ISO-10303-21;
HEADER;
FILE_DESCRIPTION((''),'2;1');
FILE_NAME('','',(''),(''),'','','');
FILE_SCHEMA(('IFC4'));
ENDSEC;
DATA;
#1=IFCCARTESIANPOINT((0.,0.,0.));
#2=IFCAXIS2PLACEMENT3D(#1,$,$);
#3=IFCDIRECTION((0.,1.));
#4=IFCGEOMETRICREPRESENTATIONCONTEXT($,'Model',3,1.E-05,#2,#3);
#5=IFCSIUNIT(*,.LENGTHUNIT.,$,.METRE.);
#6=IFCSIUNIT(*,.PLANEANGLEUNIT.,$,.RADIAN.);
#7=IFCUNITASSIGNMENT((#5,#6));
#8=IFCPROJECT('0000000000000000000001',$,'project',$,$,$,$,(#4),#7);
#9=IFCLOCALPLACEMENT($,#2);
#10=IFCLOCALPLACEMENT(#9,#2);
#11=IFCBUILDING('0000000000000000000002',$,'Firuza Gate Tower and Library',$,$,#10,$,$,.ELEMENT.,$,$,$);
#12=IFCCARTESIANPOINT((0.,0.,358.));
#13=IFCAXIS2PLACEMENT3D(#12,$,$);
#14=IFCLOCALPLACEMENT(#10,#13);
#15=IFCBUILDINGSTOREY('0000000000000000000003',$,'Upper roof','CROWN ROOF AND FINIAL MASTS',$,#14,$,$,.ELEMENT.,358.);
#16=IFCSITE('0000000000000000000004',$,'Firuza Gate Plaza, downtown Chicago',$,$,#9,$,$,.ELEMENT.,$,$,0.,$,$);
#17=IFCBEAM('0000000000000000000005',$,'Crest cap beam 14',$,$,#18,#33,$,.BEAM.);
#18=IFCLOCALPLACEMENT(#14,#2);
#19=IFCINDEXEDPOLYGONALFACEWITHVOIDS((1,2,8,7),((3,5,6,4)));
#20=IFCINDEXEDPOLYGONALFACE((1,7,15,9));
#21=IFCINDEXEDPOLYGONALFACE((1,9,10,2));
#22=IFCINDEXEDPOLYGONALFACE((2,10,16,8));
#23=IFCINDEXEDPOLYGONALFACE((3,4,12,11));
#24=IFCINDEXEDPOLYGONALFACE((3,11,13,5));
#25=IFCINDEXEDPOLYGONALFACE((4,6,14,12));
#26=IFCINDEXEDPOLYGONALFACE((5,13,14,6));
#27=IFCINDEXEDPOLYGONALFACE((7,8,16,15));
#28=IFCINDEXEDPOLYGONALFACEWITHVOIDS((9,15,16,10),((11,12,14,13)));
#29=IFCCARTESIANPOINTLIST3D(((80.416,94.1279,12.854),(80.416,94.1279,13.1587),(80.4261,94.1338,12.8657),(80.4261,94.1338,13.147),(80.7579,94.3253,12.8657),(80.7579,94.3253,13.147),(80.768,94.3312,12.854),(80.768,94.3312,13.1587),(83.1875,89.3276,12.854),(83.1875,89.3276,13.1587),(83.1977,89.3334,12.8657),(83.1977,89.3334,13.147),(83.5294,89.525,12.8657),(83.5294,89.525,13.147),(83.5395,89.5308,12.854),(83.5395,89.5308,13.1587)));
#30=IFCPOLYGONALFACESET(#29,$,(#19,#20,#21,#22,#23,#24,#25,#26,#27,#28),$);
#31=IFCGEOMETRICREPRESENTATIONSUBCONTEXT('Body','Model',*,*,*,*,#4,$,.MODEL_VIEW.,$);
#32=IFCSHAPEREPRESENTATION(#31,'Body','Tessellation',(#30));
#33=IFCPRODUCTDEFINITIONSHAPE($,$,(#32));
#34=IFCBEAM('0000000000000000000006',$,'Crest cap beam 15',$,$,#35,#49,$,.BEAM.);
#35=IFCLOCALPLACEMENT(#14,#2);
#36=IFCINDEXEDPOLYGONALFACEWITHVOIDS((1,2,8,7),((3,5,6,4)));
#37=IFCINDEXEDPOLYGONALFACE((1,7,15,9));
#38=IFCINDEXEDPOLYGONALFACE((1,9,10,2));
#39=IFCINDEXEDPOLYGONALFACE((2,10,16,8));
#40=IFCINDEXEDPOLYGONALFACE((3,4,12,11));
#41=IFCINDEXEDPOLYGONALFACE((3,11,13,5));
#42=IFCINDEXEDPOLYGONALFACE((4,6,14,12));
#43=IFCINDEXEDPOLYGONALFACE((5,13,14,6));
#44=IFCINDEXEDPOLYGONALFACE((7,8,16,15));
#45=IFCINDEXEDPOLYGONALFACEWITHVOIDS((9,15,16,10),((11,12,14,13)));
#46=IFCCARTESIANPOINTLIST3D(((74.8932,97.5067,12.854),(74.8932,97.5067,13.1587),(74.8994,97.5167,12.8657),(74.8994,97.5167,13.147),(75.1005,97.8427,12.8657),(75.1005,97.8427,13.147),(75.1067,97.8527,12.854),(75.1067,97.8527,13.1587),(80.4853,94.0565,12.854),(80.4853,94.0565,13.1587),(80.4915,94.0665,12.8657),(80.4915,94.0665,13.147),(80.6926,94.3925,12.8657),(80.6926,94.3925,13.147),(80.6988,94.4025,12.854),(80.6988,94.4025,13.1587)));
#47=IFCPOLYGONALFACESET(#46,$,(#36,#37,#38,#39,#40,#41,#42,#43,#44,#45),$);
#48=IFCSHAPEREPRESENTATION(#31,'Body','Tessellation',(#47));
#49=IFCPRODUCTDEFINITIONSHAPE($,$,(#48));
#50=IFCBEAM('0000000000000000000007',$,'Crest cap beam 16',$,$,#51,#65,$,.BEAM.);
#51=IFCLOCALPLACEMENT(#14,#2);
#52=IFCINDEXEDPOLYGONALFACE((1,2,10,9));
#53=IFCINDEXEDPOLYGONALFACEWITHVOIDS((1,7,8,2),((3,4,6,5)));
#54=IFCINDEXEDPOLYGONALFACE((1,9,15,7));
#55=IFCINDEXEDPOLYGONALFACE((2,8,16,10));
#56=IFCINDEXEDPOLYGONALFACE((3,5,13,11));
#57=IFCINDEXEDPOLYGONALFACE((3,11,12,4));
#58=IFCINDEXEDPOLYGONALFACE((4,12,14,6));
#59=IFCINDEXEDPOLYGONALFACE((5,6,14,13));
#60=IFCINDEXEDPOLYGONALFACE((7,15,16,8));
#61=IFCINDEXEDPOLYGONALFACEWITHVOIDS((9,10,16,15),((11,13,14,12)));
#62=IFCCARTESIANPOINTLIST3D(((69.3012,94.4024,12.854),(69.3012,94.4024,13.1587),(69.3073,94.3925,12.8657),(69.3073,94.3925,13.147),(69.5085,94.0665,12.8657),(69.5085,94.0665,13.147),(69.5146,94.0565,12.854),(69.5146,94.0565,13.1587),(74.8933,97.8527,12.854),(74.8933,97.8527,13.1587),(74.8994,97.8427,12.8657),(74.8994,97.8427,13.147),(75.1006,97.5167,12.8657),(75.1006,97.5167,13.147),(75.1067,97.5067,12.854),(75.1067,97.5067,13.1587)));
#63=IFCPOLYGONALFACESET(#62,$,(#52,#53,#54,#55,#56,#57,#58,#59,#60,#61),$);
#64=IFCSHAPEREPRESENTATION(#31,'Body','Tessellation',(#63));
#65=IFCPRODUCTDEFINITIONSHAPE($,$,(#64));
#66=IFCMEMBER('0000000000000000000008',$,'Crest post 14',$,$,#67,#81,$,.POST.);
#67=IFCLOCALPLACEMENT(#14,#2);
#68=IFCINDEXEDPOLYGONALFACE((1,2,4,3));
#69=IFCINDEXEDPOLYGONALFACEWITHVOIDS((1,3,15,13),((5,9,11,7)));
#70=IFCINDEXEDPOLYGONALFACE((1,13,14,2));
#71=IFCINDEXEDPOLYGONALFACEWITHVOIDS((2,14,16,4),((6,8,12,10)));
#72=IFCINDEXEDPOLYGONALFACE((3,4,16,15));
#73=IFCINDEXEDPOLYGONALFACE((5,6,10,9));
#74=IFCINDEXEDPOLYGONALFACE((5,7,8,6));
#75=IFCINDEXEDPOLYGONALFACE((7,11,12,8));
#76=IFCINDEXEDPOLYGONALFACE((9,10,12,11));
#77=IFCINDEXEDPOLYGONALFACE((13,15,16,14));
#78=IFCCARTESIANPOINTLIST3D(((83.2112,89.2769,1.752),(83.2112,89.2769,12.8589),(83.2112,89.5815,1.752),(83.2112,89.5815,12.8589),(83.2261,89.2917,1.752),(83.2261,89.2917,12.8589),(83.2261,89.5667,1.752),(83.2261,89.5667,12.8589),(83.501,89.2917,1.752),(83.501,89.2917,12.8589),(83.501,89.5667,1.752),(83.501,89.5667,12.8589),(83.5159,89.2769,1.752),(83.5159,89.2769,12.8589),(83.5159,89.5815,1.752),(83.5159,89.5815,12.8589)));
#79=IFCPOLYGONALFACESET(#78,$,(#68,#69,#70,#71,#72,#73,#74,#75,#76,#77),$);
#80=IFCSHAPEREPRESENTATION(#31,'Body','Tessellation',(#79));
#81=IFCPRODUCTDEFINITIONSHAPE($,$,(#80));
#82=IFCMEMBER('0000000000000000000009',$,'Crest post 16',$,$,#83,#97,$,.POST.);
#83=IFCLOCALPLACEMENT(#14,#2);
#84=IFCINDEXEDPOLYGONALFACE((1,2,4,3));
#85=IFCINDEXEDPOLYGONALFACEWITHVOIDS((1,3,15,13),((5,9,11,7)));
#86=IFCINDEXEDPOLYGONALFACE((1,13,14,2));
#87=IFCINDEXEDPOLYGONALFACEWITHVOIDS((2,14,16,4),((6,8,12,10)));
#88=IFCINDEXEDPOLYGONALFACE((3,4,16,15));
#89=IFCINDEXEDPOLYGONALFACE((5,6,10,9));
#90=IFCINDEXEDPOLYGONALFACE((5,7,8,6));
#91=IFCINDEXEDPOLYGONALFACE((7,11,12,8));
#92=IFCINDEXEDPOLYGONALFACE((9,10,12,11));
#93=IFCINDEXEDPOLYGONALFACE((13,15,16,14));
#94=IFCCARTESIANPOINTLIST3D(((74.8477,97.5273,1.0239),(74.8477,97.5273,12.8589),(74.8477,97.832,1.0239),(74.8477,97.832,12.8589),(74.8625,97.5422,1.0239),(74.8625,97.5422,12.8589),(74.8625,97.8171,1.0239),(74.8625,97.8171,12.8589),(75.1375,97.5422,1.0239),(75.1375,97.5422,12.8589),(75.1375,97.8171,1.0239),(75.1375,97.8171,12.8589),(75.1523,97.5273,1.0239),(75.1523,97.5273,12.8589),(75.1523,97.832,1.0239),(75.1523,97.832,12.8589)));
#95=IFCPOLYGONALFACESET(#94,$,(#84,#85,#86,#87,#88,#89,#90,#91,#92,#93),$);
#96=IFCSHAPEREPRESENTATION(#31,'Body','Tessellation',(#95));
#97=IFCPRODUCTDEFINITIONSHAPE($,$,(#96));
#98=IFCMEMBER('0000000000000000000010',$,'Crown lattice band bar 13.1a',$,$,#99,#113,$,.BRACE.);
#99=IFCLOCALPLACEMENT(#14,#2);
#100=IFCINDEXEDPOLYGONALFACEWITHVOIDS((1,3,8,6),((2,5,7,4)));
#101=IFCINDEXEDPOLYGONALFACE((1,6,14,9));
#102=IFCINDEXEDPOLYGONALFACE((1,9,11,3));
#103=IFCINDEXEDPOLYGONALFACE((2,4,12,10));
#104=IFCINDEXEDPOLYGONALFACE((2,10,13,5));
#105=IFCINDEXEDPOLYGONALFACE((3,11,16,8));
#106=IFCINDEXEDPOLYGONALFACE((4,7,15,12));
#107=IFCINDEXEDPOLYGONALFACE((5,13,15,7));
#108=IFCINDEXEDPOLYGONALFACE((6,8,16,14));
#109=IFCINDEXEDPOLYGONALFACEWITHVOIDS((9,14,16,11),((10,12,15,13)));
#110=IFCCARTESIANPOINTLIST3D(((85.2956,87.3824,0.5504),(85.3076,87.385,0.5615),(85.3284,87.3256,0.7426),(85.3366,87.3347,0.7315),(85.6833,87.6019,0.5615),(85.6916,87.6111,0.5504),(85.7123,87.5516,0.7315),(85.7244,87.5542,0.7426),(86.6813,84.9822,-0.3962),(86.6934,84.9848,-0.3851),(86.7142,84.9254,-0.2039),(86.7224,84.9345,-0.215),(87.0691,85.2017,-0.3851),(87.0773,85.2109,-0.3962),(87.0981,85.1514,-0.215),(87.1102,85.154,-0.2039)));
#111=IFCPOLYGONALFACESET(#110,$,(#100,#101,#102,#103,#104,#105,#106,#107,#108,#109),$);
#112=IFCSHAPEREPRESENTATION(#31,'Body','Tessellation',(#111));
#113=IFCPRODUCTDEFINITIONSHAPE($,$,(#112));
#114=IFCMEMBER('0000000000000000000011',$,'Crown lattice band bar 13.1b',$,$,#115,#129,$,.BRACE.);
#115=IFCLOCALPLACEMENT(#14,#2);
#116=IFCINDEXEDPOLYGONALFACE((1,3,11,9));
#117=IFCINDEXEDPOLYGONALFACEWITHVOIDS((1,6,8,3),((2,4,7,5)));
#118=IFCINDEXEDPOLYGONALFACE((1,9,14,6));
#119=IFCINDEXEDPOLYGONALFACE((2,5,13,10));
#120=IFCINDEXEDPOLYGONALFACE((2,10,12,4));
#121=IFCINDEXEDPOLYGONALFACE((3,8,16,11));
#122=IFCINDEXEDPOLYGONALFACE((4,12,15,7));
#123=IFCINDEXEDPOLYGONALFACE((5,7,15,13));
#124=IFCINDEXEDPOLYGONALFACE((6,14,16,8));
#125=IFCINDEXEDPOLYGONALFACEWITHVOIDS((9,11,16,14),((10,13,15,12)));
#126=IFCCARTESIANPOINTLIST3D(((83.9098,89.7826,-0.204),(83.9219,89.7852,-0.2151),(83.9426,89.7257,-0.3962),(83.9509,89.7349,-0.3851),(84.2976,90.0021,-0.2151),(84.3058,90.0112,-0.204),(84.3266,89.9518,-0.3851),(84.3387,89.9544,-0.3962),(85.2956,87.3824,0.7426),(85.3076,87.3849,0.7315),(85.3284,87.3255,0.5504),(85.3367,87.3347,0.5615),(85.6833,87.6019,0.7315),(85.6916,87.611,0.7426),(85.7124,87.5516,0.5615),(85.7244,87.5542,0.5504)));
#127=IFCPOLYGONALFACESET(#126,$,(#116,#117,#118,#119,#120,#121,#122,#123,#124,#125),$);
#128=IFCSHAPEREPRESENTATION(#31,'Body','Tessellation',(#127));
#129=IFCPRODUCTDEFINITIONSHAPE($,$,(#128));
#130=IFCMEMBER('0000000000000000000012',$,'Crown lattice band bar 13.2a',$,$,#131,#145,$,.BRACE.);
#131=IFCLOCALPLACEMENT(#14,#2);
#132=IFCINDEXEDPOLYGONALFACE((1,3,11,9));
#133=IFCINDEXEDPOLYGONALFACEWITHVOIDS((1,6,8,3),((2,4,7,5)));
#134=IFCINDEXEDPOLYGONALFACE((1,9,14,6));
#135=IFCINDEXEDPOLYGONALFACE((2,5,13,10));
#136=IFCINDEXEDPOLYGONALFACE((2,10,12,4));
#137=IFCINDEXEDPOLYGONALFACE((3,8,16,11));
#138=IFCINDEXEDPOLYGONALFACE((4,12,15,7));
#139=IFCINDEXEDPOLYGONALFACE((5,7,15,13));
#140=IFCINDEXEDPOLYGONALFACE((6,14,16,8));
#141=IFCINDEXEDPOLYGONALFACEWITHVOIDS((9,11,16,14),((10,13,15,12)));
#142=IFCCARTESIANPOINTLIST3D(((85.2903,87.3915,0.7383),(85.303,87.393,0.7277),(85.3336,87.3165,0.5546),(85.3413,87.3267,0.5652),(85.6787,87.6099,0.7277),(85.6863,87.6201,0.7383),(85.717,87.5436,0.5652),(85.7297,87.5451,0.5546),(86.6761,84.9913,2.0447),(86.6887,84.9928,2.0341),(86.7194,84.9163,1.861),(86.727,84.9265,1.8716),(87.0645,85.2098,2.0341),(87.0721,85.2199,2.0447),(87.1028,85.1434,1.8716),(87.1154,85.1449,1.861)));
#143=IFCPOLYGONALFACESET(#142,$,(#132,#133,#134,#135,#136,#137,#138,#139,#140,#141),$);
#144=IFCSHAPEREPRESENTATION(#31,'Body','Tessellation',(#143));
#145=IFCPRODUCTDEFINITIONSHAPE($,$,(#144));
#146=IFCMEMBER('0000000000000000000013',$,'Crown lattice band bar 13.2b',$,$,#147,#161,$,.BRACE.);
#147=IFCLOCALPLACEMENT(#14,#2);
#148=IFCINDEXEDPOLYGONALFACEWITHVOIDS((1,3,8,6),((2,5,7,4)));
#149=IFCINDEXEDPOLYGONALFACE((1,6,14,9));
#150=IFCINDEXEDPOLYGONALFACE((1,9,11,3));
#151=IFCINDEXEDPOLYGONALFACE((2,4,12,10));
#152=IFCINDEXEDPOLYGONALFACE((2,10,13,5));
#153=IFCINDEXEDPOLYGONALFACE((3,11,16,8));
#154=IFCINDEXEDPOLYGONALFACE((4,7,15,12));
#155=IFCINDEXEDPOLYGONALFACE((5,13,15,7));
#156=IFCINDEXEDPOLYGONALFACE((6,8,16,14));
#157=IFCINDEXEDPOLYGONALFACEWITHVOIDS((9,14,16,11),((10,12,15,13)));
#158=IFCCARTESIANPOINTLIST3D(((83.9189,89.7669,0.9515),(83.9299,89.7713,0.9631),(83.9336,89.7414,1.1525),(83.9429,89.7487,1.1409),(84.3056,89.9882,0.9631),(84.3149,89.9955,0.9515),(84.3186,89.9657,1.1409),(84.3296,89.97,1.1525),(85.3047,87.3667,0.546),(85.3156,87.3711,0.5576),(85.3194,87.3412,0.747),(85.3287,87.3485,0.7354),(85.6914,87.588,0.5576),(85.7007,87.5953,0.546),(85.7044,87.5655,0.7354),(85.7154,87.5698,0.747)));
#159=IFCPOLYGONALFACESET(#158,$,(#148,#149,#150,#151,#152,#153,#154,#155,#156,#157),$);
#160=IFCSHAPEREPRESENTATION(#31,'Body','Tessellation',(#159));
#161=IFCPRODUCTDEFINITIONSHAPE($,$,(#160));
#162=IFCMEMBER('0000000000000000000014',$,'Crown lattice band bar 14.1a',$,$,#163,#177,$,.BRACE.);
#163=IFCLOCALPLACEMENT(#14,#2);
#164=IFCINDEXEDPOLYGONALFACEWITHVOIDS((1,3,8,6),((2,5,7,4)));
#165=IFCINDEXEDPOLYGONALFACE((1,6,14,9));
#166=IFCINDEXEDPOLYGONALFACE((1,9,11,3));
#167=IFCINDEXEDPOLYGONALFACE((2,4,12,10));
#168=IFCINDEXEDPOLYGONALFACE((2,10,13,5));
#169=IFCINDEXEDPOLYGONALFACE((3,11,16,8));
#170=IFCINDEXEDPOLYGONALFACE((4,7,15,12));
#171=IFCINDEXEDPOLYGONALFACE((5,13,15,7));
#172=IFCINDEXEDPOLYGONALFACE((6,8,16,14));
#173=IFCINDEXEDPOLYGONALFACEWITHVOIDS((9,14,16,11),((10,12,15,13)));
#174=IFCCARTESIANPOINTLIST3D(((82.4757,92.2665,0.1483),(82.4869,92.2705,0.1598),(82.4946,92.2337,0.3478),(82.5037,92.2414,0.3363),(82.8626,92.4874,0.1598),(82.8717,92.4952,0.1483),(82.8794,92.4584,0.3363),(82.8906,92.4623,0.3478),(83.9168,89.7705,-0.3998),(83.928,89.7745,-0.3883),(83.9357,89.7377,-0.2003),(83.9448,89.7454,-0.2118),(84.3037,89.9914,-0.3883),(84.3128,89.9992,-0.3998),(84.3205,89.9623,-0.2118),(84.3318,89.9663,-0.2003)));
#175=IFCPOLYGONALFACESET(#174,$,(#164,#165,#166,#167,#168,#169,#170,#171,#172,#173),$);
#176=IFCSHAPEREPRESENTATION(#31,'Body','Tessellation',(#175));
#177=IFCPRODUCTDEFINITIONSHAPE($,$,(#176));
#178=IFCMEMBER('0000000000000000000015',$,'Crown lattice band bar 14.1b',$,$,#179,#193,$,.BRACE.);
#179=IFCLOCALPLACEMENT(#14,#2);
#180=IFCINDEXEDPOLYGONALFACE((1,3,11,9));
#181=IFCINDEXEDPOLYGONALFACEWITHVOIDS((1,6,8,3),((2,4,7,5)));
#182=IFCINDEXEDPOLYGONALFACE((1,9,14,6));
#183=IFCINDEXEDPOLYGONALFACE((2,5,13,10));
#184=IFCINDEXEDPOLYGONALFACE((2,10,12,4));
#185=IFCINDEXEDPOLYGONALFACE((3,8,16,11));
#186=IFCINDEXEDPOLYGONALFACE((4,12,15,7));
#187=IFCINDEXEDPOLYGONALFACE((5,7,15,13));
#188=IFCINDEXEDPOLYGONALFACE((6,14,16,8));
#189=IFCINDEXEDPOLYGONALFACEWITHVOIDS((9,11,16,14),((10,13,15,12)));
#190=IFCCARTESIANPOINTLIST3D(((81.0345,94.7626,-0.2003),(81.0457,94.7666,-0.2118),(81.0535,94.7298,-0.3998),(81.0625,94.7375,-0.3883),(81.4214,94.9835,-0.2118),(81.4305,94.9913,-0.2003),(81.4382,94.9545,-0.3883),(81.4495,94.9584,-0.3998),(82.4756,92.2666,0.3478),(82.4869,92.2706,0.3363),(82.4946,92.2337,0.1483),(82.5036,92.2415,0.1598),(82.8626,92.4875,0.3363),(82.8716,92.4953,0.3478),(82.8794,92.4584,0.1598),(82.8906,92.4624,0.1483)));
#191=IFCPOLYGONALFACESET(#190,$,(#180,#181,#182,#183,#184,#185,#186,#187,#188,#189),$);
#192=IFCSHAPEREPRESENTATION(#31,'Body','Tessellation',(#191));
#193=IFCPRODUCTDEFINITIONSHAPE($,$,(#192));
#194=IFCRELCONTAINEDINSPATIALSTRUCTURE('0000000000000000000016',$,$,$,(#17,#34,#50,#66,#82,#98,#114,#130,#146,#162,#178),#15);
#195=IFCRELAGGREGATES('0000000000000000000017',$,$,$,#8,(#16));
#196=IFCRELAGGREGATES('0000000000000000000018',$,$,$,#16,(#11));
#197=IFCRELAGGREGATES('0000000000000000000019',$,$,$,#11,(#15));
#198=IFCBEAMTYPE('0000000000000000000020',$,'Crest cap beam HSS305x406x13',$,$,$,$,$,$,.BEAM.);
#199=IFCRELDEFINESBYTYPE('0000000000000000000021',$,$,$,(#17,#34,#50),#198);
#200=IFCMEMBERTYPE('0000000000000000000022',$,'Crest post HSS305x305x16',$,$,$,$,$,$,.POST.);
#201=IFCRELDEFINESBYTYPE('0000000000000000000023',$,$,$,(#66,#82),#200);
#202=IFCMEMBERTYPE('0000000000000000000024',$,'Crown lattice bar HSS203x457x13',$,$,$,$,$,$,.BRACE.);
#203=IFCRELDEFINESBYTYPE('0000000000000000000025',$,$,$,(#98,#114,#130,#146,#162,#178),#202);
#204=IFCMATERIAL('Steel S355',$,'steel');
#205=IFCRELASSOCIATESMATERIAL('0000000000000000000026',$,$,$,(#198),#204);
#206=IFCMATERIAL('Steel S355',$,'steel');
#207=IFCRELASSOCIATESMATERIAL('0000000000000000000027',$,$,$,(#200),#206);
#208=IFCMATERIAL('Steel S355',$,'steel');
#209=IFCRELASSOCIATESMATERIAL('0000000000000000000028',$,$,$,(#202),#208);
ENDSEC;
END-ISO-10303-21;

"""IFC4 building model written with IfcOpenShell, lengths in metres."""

from ifc_helpers import new_model, si_unit, direction, frame, origin, origin_2d, place, context, subcontext, project, spatial, hollow_rectangle, extrude, material, material_profile, profile_set, type_object, element, save


model = new_model("IFC4")

# Units and contexts
model_context = context("Model", 3, precision=1e-05, world=origin(), true_north=direction((0.0, 1.0)))
body_context = subcontext(model_context, "Body", "Model", "MODEL_VIEW")
ifc_project = project(units=[si_unit("LENGTHUNIT", "METRE"), si_unit("PLANEANGLEUNIT", "RADIAN")], contexts=[model_context])

# Site, building, storey
site_placement = place(None, origin())
site = spatial("IfcSite", under=ifc_project, at=site_placement, Name="Firuza Gate Plaza, downtown Chicago", CompositionType="ELEMENT", RefElevation=0.0)
building_placement = place(site_placement, origin())
building = spatial("IfcBuilding", under=site, at=building_placement, Name="Firuza Gate Tower and Library", CompositionType="ELEMENT")
storey_placement = place(building_placement, frame((0.0, 0.0, 358.0)))
storey = spatial("IfcBuildingStorey", under=building, at=storey_placement, Name="Upper roof", Description="CROWN ROOF AND FINIAL MASTS", CompositionType="ELEMENT", Elevation=358.0)

# Beams
ifc_material_1 = material(Name="Steel S355", Category="steel")
ifc_material_profile_1 = material_profile(ifc_material_1, hollow_rectangle(XDim=0.4065, YDim=0.3047, WallThickness=0.0117, at=origin_2d()))
ifc_profile_set_1 = profile_set([ifc_material_profile_1], Name="Steel S355")
beam_type_1 = type_object("IfcBeamType", Name="Crest cap beam HSS305x406x13", PredefinedType="BEAM", material=ifc_profile_set_1)
beam_1_placement = place(storey_placement, frame((83.3635, 89.4292, 13.0063), z_axis=(-0.500005, 0.866023, 0.0), x_axis=(-0.866023, -0.500005, 0.0)))
element("IfcBeam", 1, at=beam_1_placement, inside=storey, type_object=beam_type_1, Name="Crest cap beam 14", PredefinedType="BEAM", context=body_context, shape_type="SweptSolid", body=[
    extrude(hollow_rectangle(XDim=0.4065, YDim=0.3047, WallThickness=0.0117, at=origin_2d()), origin(), (0.0, 0.0, 1.0), 5.543),
])
for number, where, z_axis, x_axis, name in (
    (2, (80.592, 94.2295, 13.0063), (-0.85105, 0.525084, 0.0), (-0.525084, -0.85105, 0.0), "Crest cap beam 15"),
    (3, (75.0, 97.6797, 13.0063), (-0.85105, -0.525084, 0.0), (0.525084, -0.85105, 0.0), "Crest cap beam 16"),
):
    element("IfcBeam", number, at=place(storey_placement, frame(where, z_axis=z_axis, x_axis=x_axis)), inside=storey, type_object=beam_type_1, Name=name, PredefinedType="BEAM", context=body_context, shape_type="SweptSolid", body=[
        extrude(hollow_rectangle(XDim=0.4065, YDim=0.3047, WallThickness=0.0117, at=origin_2d()), origin(), (0.0, 0.0, 1.0), 6.5708),
    ])

# Members
ifc_material_2 = material(Name="Steel S355", Category="steel")
ifc_material_profile_2 = material_profile(ifc_material_2, hollow_rectangle(XDim=0.3047, YDim=0.3047, WallThickness=0.0149, at=origin_2d()))
ifc_profile_set_2 = profile_set([ifc_material_profile_2], Name="Steel S355")
member_type_1 = type_object("IfcMemberType", Name="Crest post HSS305x305x16", PredefinedType="POST", material=ifc_profile_set_2)
member_1_placement = place(storey_placement, frame((83.3635, 89.4292, 1.752), z_axis=(0.0, 0.0, 1.0), x_axis=(1.0, 0.0, 0.0)))
element("IfcMember", 4, at=member_1_placement, inside=storey, type_object=member_type_1, Name="Crest post 14", PredefinedType="POST", context=body_context, shape_type="SweptSolid", body=[
    extrude(hollow_rectangle(XDim=0.3047, YDim=0.3047, WallThickness=0.0149, at=origin_2d()), origin(), (0.0, 0.0, 1.0), 11.1069),
])
member_2_placement = place(storey_placement, frame((75.0, 97.6797, 1.0239), z_axis=(0.0, 0.0, 1.0), x_axis=(1.0, 0.0, 0.0)))
element("IfcMember", 5, at=member_2_placement, inside=storey, type_object=member_type_1, Name="Crest post 16", PredefinedType="POST", context=body_context, shape_type="SweptSolid", body=[
    extrude(hollow_rectangle(XDim=0.3047, YDim=0.3047, WallThickness=0.0149, at=origin_2d()), origin(), (0.0, 0.0, 1.0), 11.835),
])
ifc_material_3 = material(Name="Steel S355", Category="steel")
ifc_material_profile_3 = material_profile(ifc_material_3, hollow_rectangle(XDim=0.4573, YDim=0.2031, WallThickness=0.0117, at=origin_2d()))
ifc_profile_set_3 = profile_set([ifc_material_profile_3], Name="Steel S355")
member_type_2 = type_object("IfcMemberType", Name="Crown lattice bar HSS203x457x13", PredefinedType="BRACE", material=ifc_profile_set_3)
for number, where, z_axis, x_axis, name in (
    (6, (86.8958, 85.0681, -0.3), (-0.47317, 0.819544, 0.323199), (-0.866023, -0.500005, 0.0), "Crown lattice band bar 13.1a"),
    (7, (85.51, 87.4683, 0.6465), (-0.47317, 0.819544, -0.323199), (-0.866023, -0.500005, 0.0), "Crown lattice band bar 13.1b"),
):
    element("IfcMember", number, at=place(storey_placement, frame(where, z_axis=z_axis, x_axis=x_axis)), inside=storey, type_object=member_type_2, Name=name, PredefinedType="BRACE", context=body_context, shape_type="SweptSolid", body=[
        extrude(hollow_rectangle(XDim=0.4573, YDim=0.2031, WallThickness=0.0117, at=origin_2d()), origin(), (0.0, 0.0, 1.0), 2.9287),
    ])
member_3_placement = place(storey_placement, frame((86.8958, 85.0681, 1.9529), z_axis=(-0.452276, 0.783356, -0.42638), x_axis=(-0.866023, -0.500005, 0.0)))
element("IfcMember", 8, at=member_3_placement, inside=storey, type_object=member_type_2, Name="Crown lattice band bar 13.2a", PredefinedType="BRACE", context=body_context, shape_type="SweptSolid", body=[
    extrude(hollow_rectangle(XDim=0.4573, YDim=0.2031, WallThickness=0.0117, at=origin_2d()), origin(), (0.0, 0.0, 1.0), 3.064),
])
member_4_placement = place(storey_placement, frame((85.51, 87.4683, 0.6465), z_axis=(-0.494737, 0.856899, 0.144778), x_axis=(-0.866023, -0.500005, 0.0)))
element("IfcMember", 9, at=member_4_placement, inside=storey, type_object=member_type_2, Name="Crown lattice band bar 13.2b", PredefinedType="BRACE", context=body_context, shape_type="SweptSolid", body=[
    extrude(hollow_rectangle(XDim=0.4573, YDim=0.2031, WallThickness=0.0117, at=origin_2d()), origin(), (0.0, 0.0, 1.0), 2.801),
])
for number, where, z_axis, x_axis, name in (
    (10, (84.1243, 89.8684, -0.3), (-0.491208, 0.850773, 0.186814), (-0.866019, -0.500011, 0.0), "Crown lattice band bar 14.1a"),
    (11, (82.6831, 92.3645, 0.248), (-0.491208, 0.850773, -0.186814), (-0.866019, -0.500011, 0.0), "Crown lattice band bar 14.1b"),
):
    element("IfcMember", number, at=place(storey_placement, frame(where, z_axis=z_axis, x_axis=x_axis)), inside=storey, type_object=member_type_2, Name=name, PredefinedType="BRACE", context=body_context, shape_type="SweptSolid", body=[
        extrude(hollow_rectangle(XDim=0.4573, YDim=0.2031, WallThickness=0.0117, at=origin_2d()), origin(), (0.0, 0.0, 1.0), 2.9338),
    ])

save(model, "model.ifc")
